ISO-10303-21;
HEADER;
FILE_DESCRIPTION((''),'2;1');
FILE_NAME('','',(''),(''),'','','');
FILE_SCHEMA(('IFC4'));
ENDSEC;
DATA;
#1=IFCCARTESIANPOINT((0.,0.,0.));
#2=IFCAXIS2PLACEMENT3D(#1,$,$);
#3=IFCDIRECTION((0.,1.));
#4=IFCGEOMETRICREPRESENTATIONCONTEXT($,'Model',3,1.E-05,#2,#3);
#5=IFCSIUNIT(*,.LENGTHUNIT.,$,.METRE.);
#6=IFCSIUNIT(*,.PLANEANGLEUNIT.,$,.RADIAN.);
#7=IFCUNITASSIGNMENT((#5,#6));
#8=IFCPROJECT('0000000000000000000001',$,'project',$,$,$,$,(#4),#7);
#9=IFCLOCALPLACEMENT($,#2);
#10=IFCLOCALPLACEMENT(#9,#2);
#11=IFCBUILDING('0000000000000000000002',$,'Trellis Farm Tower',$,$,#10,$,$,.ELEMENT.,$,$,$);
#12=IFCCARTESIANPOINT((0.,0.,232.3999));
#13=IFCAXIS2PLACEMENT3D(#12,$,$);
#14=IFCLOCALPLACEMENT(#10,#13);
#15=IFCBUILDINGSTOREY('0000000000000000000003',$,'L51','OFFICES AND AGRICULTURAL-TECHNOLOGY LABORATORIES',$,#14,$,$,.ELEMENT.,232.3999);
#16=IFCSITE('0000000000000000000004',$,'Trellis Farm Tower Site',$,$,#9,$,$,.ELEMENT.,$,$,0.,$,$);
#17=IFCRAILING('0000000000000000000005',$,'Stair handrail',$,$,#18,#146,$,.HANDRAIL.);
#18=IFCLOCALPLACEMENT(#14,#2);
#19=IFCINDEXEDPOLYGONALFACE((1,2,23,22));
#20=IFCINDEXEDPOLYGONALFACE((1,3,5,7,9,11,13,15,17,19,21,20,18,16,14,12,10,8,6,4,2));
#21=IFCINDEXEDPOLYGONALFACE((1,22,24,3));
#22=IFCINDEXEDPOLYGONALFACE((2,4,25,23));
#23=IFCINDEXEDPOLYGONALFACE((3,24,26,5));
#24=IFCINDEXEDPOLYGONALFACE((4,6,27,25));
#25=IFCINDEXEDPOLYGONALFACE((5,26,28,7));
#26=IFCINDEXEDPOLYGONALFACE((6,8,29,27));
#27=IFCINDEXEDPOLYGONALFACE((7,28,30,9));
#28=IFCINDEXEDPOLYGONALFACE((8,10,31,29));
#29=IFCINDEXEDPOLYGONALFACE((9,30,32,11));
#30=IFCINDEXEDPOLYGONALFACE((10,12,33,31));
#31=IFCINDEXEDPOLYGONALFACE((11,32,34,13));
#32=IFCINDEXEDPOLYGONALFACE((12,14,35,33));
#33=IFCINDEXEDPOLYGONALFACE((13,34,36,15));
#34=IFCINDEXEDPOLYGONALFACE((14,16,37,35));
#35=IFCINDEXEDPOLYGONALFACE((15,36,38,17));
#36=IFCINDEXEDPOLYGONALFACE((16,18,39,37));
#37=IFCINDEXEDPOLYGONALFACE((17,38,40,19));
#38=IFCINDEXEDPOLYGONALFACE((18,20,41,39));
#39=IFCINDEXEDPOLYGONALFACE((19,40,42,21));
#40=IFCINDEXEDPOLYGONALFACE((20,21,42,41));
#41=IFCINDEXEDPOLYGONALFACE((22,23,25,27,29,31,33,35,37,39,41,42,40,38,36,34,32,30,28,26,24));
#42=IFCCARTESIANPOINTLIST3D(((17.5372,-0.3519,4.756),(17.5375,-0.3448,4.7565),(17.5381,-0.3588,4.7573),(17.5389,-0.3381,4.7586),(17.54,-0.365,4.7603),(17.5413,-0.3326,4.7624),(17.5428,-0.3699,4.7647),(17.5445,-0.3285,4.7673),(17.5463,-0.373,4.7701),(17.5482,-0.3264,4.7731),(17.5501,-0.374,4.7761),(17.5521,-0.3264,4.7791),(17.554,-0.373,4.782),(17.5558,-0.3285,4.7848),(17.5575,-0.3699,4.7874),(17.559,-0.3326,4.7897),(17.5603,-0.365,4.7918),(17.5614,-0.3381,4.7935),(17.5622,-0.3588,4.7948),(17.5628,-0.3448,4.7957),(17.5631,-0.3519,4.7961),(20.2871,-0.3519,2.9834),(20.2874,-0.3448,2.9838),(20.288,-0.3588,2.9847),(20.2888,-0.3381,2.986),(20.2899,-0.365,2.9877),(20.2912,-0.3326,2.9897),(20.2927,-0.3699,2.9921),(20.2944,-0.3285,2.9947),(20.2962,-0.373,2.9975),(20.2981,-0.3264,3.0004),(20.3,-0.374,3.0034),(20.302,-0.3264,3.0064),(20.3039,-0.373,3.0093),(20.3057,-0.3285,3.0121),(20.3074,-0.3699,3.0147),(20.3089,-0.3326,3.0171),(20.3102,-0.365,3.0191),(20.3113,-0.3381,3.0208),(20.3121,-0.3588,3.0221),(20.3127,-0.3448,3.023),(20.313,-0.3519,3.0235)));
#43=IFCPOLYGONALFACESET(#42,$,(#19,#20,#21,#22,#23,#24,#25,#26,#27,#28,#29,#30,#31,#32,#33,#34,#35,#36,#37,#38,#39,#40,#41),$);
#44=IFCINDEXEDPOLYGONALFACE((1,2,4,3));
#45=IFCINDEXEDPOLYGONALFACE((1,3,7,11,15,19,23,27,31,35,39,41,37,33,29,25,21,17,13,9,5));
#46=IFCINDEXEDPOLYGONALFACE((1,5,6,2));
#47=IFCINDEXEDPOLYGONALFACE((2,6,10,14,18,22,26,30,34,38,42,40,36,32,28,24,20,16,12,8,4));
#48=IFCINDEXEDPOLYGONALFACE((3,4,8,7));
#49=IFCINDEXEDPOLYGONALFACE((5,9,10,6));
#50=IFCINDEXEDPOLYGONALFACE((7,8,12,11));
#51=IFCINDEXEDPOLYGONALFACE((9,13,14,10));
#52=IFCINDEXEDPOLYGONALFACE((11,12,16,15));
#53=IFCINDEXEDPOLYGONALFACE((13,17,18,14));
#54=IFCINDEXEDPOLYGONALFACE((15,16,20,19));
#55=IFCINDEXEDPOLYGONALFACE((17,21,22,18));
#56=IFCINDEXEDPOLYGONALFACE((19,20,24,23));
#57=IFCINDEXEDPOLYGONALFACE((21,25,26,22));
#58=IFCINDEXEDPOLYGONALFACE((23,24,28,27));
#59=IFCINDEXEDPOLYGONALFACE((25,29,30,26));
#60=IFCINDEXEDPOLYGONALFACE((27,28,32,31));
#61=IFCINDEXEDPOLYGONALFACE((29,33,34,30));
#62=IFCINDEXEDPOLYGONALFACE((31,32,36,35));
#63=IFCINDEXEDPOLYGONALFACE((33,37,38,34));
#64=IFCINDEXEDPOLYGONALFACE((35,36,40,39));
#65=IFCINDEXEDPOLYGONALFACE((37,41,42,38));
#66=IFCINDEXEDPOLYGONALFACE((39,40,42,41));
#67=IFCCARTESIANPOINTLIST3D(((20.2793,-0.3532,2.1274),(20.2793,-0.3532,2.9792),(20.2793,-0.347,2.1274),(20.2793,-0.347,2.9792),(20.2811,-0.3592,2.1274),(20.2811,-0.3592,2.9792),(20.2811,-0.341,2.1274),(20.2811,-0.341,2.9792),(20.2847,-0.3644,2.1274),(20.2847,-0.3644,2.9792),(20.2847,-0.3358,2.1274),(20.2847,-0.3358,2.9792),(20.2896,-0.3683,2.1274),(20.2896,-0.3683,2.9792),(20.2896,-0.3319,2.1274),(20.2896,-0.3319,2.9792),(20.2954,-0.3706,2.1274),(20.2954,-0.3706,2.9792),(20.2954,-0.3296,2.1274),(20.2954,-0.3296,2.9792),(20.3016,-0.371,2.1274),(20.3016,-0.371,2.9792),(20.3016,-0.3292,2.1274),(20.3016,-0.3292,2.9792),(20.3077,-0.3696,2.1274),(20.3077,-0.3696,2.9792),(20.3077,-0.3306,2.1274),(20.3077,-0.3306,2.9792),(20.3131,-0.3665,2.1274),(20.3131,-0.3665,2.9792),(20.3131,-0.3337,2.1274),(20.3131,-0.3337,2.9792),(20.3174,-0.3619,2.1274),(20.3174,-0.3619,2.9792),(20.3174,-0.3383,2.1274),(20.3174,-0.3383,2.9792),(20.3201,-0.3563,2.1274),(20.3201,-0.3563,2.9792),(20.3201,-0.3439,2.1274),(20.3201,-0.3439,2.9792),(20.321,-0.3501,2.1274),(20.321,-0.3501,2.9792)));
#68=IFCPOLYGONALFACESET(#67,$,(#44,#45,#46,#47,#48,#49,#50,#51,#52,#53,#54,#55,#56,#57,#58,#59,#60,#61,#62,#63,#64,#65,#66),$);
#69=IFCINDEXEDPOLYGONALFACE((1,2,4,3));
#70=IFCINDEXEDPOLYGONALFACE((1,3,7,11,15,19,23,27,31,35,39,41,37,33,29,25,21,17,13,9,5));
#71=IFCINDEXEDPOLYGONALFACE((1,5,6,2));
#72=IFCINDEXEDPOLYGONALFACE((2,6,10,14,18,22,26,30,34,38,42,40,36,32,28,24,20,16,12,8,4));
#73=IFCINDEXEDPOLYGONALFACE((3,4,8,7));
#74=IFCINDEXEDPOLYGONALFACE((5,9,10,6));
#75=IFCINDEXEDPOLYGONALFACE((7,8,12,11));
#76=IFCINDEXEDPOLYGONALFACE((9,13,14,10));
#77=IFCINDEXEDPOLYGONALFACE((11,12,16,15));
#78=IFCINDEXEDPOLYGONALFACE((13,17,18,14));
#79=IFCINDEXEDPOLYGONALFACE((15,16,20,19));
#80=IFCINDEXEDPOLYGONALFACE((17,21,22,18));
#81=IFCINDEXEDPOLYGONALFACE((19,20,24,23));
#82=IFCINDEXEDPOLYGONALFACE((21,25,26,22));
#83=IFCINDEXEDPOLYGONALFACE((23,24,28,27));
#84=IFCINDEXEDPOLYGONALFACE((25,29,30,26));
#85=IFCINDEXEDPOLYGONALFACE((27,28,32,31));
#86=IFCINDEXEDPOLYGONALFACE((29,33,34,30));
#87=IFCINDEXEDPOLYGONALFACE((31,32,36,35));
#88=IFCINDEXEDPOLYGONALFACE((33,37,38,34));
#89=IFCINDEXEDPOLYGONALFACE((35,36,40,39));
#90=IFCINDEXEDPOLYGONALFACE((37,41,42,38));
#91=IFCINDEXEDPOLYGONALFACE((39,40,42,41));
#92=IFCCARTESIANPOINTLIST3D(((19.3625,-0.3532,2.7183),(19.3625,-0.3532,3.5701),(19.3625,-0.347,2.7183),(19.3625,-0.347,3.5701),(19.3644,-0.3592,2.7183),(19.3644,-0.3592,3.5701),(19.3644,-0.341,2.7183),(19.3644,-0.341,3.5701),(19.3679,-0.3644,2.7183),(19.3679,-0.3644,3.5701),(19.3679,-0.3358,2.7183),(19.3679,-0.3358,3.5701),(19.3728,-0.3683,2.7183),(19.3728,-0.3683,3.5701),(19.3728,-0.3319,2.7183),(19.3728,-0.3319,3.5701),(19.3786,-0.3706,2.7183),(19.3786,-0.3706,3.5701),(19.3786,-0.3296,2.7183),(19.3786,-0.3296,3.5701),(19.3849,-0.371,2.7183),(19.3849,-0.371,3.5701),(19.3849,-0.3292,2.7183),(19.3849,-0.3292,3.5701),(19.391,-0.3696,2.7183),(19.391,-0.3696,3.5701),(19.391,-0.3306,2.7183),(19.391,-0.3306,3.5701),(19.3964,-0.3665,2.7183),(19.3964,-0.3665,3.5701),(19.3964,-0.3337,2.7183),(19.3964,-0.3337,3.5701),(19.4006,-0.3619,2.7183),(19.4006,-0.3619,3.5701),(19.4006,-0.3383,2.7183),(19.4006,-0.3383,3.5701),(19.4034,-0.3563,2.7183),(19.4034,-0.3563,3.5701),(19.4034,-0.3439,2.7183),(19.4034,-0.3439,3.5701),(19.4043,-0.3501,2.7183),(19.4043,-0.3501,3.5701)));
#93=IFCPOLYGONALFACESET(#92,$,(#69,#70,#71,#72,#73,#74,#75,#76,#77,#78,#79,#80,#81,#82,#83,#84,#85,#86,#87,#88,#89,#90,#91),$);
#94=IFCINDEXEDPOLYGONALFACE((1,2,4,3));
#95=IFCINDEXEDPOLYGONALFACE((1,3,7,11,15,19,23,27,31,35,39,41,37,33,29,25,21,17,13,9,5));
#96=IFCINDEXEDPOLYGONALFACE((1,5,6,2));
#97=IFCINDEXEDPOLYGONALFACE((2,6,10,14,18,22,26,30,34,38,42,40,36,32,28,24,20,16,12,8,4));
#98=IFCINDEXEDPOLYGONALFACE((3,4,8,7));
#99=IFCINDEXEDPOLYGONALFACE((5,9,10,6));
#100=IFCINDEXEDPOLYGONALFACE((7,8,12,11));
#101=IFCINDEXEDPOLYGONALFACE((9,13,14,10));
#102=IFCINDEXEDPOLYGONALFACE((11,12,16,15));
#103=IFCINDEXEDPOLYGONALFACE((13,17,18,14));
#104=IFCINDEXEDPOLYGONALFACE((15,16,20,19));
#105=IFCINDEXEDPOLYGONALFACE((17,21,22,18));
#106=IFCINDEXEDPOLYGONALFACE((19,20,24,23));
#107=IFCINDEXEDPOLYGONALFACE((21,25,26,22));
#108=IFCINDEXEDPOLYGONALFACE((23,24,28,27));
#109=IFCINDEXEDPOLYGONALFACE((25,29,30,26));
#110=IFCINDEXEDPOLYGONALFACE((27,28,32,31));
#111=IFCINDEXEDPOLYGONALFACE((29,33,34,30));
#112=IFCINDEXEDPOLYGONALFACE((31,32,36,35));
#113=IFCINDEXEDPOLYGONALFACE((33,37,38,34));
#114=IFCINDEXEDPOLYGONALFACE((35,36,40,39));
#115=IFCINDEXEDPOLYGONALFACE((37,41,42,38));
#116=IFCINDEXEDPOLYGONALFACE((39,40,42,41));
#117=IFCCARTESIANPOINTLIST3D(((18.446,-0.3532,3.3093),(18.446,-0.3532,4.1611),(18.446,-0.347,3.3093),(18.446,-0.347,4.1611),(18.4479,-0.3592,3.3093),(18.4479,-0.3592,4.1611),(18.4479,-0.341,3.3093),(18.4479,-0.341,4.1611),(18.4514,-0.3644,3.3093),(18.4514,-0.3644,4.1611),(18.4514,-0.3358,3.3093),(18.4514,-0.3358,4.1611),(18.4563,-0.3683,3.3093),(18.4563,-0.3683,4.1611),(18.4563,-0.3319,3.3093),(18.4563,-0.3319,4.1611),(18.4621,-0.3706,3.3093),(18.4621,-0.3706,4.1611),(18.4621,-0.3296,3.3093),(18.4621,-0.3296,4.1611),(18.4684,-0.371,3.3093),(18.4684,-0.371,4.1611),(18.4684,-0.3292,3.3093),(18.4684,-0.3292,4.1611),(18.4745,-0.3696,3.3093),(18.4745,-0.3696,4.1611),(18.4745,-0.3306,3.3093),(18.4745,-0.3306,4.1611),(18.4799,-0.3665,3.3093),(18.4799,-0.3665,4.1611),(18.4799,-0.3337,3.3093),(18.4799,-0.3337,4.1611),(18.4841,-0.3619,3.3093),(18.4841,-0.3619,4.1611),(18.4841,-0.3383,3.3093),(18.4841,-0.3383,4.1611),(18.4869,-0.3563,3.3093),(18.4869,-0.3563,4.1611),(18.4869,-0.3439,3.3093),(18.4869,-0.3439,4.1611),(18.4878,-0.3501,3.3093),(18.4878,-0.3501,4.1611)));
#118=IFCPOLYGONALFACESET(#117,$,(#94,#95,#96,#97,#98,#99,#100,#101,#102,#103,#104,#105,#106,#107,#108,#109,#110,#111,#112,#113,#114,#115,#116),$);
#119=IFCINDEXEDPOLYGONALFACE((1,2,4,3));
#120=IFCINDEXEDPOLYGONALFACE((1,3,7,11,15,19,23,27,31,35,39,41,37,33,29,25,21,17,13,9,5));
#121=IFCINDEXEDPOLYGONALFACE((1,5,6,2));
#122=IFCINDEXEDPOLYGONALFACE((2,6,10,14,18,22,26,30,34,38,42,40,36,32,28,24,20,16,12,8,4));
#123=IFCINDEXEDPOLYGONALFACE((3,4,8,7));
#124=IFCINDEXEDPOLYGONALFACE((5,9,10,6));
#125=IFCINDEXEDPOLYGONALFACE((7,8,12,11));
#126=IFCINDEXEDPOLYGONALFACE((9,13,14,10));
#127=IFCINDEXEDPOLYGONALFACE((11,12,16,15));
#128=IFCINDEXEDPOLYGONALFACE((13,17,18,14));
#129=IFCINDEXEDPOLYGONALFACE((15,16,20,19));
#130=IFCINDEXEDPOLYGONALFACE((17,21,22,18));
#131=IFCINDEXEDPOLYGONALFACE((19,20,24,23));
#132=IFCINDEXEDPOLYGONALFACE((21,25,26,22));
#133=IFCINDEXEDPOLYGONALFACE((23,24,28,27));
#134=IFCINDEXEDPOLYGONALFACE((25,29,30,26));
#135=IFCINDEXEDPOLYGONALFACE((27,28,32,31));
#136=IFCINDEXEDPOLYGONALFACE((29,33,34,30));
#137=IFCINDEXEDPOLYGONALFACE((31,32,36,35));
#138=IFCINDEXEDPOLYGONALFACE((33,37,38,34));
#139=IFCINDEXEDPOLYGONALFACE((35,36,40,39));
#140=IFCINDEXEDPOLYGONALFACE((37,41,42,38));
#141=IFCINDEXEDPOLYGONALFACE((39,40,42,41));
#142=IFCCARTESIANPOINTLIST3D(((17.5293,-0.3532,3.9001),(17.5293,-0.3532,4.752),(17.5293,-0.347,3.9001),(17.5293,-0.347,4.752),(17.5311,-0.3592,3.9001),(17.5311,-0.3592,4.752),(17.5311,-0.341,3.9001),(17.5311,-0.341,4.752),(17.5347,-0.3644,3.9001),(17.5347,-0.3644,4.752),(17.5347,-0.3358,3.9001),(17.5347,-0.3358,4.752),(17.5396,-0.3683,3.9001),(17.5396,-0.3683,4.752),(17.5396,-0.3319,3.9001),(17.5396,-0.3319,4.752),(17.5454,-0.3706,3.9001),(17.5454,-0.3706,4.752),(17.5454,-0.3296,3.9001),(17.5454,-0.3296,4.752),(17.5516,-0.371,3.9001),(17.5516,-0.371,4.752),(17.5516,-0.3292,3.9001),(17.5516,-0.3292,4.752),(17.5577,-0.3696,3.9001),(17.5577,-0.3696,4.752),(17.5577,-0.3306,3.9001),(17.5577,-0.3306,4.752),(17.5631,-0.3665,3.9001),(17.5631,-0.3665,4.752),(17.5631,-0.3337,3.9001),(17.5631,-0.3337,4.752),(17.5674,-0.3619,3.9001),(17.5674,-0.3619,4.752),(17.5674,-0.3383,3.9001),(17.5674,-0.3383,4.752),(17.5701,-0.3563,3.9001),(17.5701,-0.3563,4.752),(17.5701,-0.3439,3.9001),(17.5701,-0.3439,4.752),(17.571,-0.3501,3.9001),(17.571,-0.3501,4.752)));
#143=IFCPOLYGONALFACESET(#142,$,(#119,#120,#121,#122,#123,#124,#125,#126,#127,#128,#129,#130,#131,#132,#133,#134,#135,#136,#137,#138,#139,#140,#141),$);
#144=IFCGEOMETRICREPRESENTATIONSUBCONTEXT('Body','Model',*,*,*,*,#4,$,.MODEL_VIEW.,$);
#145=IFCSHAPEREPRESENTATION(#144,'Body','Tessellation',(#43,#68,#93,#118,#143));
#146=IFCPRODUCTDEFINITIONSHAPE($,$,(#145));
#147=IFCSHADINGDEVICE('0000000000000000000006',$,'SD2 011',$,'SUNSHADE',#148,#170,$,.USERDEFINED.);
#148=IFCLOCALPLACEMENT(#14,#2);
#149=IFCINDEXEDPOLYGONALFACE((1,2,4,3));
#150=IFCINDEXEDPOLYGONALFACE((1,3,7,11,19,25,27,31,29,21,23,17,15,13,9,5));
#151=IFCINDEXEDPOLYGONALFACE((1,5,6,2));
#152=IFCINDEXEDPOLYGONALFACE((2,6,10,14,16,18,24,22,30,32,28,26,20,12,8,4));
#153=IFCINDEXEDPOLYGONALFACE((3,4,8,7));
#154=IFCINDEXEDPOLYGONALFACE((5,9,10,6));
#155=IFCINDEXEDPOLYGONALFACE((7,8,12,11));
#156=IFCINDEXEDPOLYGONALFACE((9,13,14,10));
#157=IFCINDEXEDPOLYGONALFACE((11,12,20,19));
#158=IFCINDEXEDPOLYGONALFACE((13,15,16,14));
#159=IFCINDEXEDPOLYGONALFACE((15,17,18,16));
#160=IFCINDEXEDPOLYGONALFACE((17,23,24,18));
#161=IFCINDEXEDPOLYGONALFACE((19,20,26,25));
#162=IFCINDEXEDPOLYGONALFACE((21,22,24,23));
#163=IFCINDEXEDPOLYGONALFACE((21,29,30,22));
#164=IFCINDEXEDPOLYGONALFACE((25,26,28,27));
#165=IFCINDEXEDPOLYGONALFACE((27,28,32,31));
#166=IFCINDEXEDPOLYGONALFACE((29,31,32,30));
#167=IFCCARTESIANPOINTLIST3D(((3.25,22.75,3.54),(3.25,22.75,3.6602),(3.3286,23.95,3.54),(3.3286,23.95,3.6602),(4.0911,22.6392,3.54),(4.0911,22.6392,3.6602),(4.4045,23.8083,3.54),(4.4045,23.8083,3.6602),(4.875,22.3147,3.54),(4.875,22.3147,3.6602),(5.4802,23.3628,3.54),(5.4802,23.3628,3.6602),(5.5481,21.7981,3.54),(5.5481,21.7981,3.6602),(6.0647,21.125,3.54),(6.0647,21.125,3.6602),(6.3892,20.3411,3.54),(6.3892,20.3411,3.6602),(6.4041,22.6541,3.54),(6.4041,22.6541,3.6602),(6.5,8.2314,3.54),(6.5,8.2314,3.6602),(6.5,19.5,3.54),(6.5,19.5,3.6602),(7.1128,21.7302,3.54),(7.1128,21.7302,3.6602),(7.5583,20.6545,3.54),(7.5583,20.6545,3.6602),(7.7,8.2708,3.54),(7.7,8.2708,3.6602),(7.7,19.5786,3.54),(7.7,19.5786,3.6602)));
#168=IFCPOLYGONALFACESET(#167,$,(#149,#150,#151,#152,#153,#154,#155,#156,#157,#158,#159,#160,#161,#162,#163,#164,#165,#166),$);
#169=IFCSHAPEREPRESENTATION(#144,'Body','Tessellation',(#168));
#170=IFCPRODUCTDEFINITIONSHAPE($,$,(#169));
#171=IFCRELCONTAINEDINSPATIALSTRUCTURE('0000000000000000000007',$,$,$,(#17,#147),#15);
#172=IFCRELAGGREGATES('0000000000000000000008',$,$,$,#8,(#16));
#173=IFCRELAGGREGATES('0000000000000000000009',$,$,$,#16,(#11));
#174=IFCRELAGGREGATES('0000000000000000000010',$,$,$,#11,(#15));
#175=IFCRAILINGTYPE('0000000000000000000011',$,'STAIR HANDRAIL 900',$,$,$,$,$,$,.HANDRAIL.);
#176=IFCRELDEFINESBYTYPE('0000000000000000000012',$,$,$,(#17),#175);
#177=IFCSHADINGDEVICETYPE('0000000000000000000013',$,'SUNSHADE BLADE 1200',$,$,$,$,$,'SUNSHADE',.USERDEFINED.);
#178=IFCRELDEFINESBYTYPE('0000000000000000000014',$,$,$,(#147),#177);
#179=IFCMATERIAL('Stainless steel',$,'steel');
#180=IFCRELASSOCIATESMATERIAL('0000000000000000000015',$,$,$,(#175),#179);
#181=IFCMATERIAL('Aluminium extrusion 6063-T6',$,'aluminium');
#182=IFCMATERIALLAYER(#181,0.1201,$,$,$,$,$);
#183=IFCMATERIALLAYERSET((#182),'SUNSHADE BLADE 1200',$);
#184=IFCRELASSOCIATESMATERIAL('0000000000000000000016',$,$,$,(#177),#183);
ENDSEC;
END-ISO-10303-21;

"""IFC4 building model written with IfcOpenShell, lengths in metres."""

from ifc_helpers import new_model, si_unit, direction, frame, origin, origin_2d, place, context, subcontext, project, spatial, polyline, circle, outline, extrude, source, transform, mapped, material, layer, layer_set, type_object, element, save


model = new_model("IFC4")

# Units and contexts
model_context = context("Model", 3, precision=1e-05, world=origin(), true_north=direction((0.0, 1.0)))
body_context = subcontext(model_context, "Body", "Model", "MODEL_VIEW")
ifc_project = project(units=[si_unit("LENGTHUNIT", "METRE"), si_unit("PLANEANGLEUNIT", "RADIAN")], contexts=[model_context])

# Site, building, storey
site_placement = place(None, origin())
site = spatial("IfcSite", under=ifc_project, at=site_placement, Name="Trellis Farm Tower Site", CompositionType="ELEMENT", RefElevation=0.0)
building_placement = place(site_placement, origin())
building = spatial("IfcBuilding", under=site, at=building_placement, Name="Trellis Farm Tower", CompositionType="ELEMENT")
storey_placement = place(building_placement, frame((0.0, 0.0, 232.3999)))
storey = spatial("IfcBuildingStorey", under=building, at=storey_placement, Name="L51", Description="OFFICES AND AGRICULTURAL-TECHNOLOGY LABORATORIES", CompositionType="ELEMENT", Elevation=232.3999)

# Shared definitions
ifc_material_1 = material(Name="Aluminium extrusion 6063-T6", Category="aluminium")

# Railing
ifc_material_2 = material(Name="Stainless steel", Category="steel")
railing_type = type_object("IfcRailingType", Name="STAIR HANDRAIL 900", PredefinedType="HANDRAIL", material=ifc_material_2)
shared_shape_1 = source(origin(), body_context, "Body", "SweptSolid", [
    extrude(circle(Radius=0.0239, at=origin_2d()), frame((0.0, 0.0, 0.876), z_axis=(-0.840504, 0.0, 0.541806), x_axis=(0.0, -1.0, 0.0)), (0.0, 0.0, 1.0), 3.2717),
    extrude(circle(Radius=0.021, at=origin_2d()), origin(), (0.0, 0.0, 1.0), 0.8518),
    extrude(circle(Radius=0.021, at=origin_2d()), frame((-0.9167, 0.0, 0.5908)), (0.0, 0.0, 1.0), 0.8518),
    extrude(circle(Radius=0.021, at=origin_2d()), frame((-1.8333, 0.0, 1.1819)), (0.0, 0.0, 1.0), 0.8518),
    extrude(circle(Radius=0.021, at=origin_2d()), frame((-2.75, 0.0, 1.7727)), (0.0, 0.0, 1.0), 0.8518),
])
for number, where, name in (
    (1, (20.3, -0.3501, 2.1274), "Stair handrail"),
):
    element("IfcRailing", number, at=place(storey_placement, frame(where)), inside=storey, type_object=railing_type, Name=name, PredefinedType="HANDRAIL", context=body_context, shape_type="MappedRepresentation", body=[
        mapped(shared_shape_1, transform((0.0, 0.0, 0.0))),
    ])

# Shading device
ifc_layer_1 = layer(ifc_material_1, 0.1201)
ifc_layer_set_1 = layer_set([ifc_layer_1], Name="SUNSHADE BLADE 1200")
shading_device_type = type_object("IfcShadingDeviceType", Name="SUNSHADE BLADE 1200", ElementType="SUNSHADE", PredefinedType="USERDEFINED", material=ifc_layer_set_1)
shared_shape_2 = source(origin(), body_context, "Body", "SweptSolid", [
    extrude(outline(polyline([(7.7, 8.2708), (7.7, 19.5786), (7.5583, 20.6545), (7.1128, 21.7302), (6.4041, 22.6541), (5.4802, 23.3628), (4.4045, 23.8083), (3.3286, 23.95), (3.25, 22.75), (4.0911, 22.6392), (4.875, 22.3147), (5.5481, 21.7981), (6.0647, 21.125), (6.3892, 20.3411), (6.5, 19.5), (6.5, 8.2314), (7.7, 8.2708)])), origin(), (0.0, 0.0, 1.0), 0.1201),
])
shading_device_placement = place(storey_placement, frame((0.0, 0.0, 3.54)))
element("IfcShadingDevice", 2, at=shading_device_placement, inside=storey, type_object=shading_device_type, Name="SD2 011", ObjectType="SUNSHADE", PredefinedType="USERDEFINED", context=body_context, shape_type="MappedRepresentation", body=[
    mapped(shared_shape_2, transform((0.0, 0.0, 0.0))),
])

save(model, "model.ifc")
